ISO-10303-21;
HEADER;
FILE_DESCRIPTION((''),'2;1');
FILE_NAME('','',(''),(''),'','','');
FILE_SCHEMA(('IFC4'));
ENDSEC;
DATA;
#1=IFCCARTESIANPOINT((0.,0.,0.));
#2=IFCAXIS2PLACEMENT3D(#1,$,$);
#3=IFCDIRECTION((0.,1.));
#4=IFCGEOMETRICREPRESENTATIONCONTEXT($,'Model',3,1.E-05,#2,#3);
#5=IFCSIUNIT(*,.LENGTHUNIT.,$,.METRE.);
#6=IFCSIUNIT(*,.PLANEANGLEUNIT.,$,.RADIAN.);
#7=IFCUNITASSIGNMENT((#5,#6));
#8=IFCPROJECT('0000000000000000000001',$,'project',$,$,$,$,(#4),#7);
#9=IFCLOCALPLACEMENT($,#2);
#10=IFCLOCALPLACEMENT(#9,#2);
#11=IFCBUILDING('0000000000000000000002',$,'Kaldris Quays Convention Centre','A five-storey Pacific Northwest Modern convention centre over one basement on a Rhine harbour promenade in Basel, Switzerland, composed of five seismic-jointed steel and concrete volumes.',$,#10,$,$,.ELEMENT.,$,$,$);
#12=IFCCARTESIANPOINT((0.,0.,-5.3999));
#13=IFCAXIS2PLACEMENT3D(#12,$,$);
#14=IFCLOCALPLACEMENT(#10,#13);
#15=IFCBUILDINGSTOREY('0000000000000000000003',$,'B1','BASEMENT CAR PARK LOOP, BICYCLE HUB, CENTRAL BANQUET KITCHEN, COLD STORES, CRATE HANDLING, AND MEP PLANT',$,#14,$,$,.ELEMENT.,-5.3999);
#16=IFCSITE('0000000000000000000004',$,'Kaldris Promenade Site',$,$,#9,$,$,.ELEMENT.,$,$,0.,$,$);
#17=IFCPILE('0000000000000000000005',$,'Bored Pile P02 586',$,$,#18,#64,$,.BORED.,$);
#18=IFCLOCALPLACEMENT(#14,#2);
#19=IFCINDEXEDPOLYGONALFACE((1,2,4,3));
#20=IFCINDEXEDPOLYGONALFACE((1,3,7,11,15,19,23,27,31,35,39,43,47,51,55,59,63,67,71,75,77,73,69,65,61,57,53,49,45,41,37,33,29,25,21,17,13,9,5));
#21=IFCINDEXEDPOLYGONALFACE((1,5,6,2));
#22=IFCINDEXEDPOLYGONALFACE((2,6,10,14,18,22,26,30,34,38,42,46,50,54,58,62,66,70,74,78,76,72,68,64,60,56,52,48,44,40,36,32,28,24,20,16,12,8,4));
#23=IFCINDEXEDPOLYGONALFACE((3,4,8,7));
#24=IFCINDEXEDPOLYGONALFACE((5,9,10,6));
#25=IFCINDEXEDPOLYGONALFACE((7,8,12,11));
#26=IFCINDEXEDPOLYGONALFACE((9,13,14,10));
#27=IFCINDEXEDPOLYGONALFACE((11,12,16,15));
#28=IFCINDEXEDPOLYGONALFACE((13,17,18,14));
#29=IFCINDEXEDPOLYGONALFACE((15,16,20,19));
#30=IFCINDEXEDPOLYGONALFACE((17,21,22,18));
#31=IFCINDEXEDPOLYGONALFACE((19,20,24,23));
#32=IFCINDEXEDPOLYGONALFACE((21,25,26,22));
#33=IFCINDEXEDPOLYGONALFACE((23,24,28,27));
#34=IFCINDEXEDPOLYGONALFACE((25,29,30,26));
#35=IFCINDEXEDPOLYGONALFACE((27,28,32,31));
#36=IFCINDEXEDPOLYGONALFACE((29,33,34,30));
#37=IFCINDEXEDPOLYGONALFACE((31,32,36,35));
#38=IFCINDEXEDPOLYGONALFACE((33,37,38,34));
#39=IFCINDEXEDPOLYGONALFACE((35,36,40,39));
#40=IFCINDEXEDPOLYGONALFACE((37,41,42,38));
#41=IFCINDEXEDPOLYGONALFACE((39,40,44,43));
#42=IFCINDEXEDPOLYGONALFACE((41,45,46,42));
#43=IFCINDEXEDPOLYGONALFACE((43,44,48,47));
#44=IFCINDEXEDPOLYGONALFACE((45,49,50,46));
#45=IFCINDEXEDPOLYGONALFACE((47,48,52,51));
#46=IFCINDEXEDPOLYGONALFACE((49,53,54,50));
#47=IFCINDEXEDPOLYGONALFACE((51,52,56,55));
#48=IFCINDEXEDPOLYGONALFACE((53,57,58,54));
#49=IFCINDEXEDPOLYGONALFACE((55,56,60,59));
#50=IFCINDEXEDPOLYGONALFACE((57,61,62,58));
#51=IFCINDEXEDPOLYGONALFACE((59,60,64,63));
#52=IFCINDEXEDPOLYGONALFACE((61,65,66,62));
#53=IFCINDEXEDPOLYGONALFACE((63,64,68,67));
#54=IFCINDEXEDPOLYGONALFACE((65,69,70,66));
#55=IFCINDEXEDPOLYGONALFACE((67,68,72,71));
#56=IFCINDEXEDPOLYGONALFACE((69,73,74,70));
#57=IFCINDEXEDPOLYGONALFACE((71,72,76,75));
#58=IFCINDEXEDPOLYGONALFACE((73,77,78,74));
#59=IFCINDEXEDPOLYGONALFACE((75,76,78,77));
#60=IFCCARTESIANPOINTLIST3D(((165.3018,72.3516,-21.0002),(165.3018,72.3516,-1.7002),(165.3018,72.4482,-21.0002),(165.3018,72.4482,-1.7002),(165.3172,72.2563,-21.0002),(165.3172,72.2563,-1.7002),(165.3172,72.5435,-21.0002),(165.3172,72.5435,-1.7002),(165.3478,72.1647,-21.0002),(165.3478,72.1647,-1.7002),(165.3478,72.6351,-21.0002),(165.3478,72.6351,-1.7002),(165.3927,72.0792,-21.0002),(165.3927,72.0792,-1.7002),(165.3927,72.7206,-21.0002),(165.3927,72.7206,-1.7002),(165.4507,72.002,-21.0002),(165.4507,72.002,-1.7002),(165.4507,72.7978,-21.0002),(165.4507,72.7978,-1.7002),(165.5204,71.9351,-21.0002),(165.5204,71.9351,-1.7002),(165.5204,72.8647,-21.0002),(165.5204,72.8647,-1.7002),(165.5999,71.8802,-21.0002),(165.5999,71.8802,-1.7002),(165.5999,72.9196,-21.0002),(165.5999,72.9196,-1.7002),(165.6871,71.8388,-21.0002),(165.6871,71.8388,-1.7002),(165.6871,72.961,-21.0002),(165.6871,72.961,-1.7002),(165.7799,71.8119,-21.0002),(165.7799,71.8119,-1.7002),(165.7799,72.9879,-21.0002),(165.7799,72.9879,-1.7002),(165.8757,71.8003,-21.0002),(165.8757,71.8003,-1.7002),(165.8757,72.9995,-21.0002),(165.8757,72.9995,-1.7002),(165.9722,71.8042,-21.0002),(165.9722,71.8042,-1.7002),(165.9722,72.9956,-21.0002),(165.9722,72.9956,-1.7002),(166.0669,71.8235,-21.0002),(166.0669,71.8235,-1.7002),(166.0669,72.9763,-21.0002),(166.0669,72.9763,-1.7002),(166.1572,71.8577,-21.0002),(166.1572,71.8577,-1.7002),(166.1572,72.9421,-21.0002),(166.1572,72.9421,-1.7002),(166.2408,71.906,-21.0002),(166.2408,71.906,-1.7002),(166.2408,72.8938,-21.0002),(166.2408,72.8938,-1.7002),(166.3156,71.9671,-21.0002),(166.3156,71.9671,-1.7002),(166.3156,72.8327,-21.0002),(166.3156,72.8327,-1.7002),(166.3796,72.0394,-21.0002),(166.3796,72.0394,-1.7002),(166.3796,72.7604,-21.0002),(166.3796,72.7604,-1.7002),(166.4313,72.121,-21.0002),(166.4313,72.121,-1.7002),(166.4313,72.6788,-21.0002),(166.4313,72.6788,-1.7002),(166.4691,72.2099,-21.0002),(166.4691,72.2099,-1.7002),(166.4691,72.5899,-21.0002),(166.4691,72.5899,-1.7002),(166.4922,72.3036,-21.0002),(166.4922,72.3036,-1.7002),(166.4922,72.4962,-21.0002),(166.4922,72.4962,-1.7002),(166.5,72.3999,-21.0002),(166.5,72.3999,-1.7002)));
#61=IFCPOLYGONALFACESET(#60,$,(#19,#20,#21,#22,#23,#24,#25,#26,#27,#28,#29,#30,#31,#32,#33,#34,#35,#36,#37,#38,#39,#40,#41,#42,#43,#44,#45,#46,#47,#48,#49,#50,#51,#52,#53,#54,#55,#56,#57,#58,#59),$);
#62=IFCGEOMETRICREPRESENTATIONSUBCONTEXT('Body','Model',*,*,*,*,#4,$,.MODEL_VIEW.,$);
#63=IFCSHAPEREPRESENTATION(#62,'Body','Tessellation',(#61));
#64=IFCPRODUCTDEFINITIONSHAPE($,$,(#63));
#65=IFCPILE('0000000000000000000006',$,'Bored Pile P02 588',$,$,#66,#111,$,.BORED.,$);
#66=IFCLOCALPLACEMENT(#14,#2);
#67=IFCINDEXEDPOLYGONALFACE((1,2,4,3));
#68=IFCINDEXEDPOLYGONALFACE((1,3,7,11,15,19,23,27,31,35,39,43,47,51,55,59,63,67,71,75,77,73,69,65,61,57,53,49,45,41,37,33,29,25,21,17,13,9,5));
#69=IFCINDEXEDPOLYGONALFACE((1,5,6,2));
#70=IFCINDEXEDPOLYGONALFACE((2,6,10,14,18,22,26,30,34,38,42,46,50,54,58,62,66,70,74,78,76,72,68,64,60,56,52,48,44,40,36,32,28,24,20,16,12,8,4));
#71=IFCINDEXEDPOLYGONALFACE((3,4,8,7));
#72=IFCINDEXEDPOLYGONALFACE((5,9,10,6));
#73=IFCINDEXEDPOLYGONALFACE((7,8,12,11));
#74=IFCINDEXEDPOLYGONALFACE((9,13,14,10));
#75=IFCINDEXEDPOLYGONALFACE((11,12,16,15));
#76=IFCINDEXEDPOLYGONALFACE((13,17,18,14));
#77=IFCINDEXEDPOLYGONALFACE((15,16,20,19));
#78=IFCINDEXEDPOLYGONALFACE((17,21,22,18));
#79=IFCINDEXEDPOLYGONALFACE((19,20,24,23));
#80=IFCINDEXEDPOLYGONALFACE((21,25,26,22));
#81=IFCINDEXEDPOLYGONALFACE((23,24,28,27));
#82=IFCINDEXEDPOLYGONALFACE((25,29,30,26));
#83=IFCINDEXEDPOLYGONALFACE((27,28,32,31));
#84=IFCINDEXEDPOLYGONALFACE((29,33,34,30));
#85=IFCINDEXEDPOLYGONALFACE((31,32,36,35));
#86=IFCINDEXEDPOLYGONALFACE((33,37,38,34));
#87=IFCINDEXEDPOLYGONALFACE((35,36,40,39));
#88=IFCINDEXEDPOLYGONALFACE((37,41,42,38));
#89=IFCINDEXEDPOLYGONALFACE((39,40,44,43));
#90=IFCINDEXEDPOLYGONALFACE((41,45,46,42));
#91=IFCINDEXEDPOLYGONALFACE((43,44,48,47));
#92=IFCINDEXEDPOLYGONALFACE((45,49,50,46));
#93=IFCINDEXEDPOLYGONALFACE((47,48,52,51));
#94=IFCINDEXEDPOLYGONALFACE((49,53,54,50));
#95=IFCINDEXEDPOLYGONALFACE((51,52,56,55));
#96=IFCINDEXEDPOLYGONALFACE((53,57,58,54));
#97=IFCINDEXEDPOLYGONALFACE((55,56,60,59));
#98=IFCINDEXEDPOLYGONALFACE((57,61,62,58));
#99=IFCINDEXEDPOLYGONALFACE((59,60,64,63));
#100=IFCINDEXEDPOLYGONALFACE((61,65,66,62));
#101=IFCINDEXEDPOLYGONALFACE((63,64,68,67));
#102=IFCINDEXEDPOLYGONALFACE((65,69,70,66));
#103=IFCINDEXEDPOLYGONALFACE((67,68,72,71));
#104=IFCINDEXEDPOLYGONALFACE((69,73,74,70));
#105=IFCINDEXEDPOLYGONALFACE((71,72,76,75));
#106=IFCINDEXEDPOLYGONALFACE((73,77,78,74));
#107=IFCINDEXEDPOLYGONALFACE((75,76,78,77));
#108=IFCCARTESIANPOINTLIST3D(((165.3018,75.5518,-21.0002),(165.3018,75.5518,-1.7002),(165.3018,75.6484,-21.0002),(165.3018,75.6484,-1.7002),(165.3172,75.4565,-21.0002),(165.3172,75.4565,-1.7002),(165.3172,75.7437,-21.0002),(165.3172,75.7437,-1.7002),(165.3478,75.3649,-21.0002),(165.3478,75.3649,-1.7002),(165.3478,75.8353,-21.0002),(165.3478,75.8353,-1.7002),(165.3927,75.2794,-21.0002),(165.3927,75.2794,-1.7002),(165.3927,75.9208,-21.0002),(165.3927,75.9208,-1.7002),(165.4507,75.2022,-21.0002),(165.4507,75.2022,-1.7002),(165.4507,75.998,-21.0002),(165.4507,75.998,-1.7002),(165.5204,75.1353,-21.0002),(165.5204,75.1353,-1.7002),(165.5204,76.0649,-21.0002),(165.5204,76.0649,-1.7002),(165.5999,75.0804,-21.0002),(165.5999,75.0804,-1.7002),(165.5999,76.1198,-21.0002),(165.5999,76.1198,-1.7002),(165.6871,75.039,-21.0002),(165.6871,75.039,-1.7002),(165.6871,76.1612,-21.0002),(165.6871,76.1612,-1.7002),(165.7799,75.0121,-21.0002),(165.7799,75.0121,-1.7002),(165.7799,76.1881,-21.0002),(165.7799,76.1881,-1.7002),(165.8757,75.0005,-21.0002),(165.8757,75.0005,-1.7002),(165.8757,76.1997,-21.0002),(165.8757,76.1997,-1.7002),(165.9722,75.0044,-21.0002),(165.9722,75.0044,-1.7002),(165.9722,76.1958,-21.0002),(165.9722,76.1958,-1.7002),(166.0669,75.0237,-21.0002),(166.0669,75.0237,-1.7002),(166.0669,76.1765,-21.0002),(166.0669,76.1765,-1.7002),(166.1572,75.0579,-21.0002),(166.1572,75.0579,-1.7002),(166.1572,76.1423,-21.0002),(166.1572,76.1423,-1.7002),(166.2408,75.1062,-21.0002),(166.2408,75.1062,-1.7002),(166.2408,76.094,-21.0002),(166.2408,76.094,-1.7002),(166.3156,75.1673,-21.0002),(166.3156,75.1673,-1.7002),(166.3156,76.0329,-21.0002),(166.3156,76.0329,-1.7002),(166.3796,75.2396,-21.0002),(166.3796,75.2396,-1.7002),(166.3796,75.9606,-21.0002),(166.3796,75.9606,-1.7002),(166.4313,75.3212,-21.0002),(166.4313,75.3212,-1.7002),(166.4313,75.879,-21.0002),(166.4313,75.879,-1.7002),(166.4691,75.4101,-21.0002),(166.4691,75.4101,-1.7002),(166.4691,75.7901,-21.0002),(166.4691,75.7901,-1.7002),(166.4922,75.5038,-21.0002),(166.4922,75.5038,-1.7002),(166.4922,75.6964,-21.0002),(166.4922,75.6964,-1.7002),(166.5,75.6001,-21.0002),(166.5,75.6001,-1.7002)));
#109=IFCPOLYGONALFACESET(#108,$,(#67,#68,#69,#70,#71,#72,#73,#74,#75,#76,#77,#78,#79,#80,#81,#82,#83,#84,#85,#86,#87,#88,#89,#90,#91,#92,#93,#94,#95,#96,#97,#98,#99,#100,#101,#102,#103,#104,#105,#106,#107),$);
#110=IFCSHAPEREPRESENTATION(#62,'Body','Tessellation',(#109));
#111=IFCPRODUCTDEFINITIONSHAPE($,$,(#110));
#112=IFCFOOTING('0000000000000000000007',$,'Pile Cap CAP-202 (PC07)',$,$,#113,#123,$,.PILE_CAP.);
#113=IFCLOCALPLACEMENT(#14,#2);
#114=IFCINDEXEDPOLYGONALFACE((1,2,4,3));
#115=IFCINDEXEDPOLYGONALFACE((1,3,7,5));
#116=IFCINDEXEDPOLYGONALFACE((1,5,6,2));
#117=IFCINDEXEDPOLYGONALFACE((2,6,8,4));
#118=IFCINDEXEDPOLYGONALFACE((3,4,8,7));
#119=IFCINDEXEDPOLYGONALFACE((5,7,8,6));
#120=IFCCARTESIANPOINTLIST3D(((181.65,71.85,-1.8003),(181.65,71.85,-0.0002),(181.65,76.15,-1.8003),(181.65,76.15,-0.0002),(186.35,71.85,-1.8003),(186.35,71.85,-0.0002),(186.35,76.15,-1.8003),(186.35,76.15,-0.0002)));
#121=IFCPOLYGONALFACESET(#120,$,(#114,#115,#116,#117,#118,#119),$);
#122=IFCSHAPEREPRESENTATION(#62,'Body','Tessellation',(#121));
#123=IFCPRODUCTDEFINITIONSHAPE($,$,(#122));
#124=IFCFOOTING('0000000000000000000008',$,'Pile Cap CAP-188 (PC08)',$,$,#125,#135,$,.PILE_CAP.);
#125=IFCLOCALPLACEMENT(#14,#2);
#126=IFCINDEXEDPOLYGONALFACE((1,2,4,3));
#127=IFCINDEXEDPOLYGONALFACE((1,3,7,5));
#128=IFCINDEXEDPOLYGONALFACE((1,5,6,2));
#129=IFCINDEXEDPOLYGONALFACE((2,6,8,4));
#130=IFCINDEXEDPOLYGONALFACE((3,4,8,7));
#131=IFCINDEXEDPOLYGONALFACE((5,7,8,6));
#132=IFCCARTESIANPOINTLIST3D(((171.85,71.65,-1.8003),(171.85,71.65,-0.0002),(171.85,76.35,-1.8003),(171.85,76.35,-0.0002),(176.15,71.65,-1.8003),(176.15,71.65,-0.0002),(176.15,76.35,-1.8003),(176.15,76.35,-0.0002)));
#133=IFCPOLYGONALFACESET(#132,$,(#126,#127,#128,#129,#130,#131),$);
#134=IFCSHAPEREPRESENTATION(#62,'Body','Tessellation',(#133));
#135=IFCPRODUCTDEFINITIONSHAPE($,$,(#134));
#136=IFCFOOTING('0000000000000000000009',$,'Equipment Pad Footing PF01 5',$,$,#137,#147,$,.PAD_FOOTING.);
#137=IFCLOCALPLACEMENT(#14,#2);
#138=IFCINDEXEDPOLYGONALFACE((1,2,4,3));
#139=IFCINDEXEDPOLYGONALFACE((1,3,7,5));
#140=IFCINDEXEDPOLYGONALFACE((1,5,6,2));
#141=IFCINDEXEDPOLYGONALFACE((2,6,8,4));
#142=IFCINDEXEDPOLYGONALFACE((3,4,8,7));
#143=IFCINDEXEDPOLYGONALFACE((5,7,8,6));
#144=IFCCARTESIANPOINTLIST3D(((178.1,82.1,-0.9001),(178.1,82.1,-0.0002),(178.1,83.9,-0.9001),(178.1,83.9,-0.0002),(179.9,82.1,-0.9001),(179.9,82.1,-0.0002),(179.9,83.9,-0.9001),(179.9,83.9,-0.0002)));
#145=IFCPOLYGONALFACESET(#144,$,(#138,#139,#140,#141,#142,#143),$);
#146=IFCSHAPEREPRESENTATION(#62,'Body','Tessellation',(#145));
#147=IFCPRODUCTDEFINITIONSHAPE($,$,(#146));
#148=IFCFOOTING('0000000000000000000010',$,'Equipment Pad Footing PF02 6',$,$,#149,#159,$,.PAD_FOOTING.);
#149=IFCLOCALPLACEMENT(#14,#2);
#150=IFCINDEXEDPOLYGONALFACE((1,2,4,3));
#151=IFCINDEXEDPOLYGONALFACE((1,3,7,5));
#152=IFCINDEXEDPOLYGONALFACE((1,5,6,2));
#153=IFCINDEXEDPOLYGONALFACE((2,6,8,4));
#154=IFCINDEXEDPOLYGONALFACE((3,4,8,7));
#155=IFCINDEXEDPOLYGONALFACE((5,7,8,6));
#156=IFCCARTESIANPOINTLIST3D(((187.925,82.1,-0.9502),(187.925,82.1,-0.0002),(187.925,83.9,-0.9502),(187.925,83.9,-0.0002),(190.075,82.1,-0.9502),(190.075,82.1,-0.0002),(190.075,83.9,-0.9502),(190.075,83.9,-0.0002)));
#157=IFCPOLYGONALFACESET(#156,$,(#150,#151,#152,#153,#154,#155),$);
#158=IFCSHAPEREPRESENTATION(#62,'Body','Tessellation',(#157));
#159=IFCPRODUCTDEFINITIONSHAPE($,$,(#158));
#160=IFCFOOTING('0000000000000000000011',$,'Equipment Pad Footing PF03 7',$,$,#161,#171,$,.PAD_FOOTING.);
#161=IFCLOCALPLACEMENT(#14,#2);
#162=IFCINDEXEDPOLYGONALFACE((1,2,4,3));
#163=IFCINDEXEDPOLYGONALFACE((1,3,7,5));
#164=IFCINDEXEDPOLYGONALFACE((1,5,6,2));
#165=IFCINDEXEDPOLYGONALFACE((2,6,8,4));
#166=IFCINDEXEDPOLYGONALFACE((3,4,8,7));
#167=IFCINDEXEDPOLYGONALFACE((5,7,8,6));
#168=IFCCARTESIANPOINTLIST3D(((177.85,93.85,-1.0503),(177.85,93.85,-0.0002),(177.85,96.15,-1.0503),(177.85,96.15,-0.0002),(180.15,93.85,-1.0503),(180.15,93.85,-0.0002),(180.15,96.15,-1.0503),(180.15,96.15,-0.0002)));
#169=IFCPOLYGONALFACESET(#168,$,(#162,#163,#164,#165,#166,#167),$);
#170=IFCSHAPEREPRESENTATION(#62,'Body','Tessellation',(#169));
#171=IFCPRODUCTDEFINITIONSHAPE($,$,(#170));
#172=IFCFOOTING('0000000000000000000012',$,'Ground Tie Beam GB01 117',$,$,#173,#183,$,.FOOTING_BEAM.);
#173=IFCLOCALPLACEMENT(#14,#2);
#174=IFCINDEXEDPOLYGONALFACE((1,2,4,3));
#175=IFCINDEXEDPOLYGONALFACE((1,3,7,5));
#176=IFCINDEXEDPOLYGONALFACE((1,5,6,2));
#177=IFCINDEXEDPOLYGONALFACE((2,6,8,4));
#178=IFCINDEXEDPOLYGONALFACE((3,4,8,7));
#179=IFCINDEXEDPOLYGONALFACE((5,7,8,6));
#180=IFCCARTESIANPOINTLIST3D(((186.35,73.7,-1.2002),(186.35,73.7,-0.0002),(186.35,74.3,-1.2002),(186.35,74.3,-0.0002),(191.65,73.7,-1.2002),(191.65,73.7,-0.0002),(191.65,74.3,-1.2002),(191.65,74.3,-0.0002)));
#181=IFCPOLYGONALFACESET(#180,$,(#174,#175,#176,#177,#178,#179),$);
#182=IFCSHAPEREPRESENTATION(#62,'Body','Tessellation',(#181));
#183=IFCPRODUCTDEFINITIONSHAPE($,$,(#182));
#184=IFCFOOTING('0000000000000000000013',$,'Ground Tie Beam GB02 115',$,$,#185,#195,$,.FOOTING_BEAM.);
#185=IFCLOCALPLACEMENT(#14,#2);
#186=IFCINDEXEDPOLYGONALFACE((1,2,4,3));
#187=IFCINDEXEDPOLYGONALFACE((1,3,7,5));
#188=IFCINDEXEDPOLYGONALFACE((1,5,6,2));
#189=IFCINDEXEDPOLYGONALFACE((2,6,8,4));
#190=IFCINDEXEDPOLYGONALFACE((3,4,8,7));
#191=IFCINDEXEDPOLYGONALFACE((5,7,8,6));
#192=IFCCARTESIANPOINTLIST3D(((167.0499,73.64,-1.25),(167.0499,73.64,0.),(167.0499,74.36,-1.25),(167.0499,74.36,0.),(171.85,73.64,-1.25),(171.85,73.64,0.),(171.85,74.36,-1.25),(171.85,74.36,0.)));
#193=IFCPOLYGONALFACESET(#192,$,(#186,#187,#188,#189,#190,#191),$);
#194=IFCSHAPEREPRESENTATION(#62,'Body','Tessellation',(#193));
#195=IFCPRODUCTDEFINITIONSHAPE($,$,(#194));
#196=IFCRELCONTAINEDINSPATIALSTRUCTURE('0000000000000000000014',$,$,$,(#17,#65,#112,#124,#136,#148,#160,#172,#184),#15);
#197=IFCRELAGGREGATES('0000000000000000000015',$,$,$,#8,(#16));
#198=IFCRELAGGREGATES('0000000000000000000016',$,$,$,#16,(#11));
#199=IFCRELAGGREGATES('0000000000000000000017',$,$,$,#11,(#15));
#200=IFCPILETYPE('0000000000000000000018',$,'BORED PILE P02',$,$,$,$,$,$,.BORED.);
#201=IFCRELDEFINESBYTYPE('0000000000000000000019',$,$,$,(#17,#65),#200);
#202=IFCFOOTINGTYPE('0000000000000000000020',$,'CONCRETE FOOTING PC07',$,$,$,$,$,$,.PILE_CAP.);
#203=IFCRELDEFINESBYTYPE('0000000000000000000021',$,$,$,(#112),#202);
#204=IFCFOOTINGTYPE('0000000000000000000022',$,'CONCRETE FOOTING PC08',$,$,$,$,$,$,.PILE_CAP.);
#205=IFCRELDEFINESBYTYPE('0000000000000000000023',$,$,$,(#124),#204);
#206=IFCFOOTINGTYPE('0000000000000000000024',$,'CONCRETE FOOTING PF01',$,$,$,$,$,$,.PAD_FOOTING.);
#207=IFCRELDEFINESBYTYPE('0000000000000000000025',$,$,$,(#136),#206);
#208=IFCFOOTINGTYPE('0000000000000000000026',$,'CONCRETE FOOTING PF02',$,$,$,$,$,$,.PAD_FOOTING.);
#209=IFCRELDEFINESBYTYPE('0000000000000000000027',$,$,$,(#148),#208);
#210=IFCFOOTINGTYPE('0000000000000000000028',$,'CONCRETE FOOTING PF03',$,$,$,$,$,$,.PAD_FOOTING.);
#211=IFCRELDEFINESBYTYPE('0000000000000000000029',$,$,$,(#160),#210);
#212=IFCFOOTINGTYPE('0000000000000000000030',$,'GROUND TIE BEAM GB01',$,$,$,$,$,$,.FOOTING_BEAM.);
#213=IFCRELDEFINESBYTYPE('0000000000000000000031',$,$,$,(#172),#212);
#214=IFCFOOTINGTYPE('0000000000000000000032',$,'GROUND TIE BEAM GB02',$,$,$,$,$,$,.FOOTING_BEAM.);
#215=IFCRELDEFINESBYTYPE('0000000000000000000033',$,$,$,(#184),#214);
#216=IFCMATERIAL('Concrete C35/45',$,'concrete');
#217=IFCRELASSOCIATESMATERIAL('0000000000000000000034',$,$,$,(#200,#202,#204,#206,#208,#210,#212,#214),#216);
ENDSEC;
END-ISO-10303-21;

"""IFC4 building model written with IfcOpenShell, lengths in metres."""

from ifc_helpers import new_model, si_unit, direction, frame, origin, origin_2d, place, context, subcontext, project, spatial, rectangle, circle, extrude, material, material_profile, profile_set, type_object, element, save


model = new_model("IFC4")

# Units and contexts
model_context = context("Model", 3, precision=1e-05, world=origin(), true_north=direction((0.0, 1.0)))
body_context = subcontext(model_context, "Body", "Model", "MODEL_VIEW")
ifc_project = project(units=[si_unit("LENGTHUNIT", "METRE"), si_unit("PLANEANGLEUNIT", "RADIAN")], contexts=[model_context])

# Site, building, storey
site_placement = place(None, origin())
site = spatial("IfcSite", under=ifc_project, at=site_placement, Name="Kaldris Promenade Site", CompositionType="ELEMENT", RefElevation=0.0)
building_placement = place(site_placement, origin())
building = spatial("IfcBuilding", under=site, at=building_placement, Name="Kaldris Quays Convention Centre", Description="A five-storey Pacific Northwest Modern convention centre over one basement on a Rhine harbour promenade in Basel, Switzerland, composed of five seismic-jointed steel and concrete volumes.", CompositionType="ELEMENT")
storey_placement = place(building_placement, frame((0.0, 0.0, -5.3999)))
storey = spatial("IfcBuildingStorey", under=building, at=storey_placement, Name="B1", Description="BASEMENT CAR PARK LOOP, BICYCLE HUB, CENTRAL BANQUET KITCHEN, COLD STORES, CRATE HANDLING, AND MEP PLANT", CompositionType="ELEMENT", Elevation=-5.3999)

# Piles
ifc_material_1 = material(Name="Concrete C35/45", Category="concrete")
ifc_material_profile_1 = material_profile(ifc_material_1, circle(Radius=0.6001, at=origin_2d()), Name="BORED PILE D1200")
ifc_profile_set_1 = profile_set([ifc_material_profile_1], Name="Concrete C35/45")
pile_type_1 = type_object("IfcPileType", Name="BORED PILE P02", PredefinedType="BORED", material=ifc_profile_set_1)
for number, where, z_axis, x_axis, name in (
    (1, (165.8999, 72.3999, -1.7002), (0.0, 0.0, -1.0), (1.0, 0.0, 0.0), "Bored Pile P02 586"),
    (2, (165.8999, 75.6001, -1.7002), (0.0, 0.0, -1.0), (1.0, 0.0, 0.0), "Bored Pile P02 588"),
):
    element("IfcPile", number, at=place(storey_placement, frame(where, z_axis=z_axis, x_axis=x_axis)), inside=storey, type_object=pile_type_1, Name=name, PredefinedType="BORED", context=body_context, shape_type="SweptSolid", body=[
        extrude(circle(Radius=0.6001, at=origin_2d()), origin(), (0.0, 0.0, 1.0), 19.3),
    ])

# Footings
footing_type_1 = type_object("IfcFootingType", Name="CONCRETE FOOTING PC07", PredefinedType="PILE_CAP", material=ifc_material_1)
footing_1_placement = place(storey_placement, frame((184.0, 74.0, -1.8003), z_axis=(0.0, 0.0, 1.0), x_axis=(1.0, 0.0, 0.0)))
element("IfcFooting", 3, at=footing_1_placement, inside=storey, type_object=footing_type_1, Name="Pile Cap CAP-202 (PC07)", PredefinedType="PILE_CAP", context=body_context, shape_type="SweptSolid", body=[
    extrude(rectangle(XDim=4.7, YDim=4.3, at=origin_2d()), origin(), (0.0, 0.0, 1.0), 1.8),
])
footing_type_2 = type_object("IfcFootingType", Name="CONCRETE FOOTING PC08", PredefinedType="PILE_CAP", material=ifc_material_1)
footing_2_placement = place(storey_placement, frame((174.0, 74.0, -1.8003), z_axis=(0.0, 0.0, 1.0), x_axis=(1.0, 0.0, 0.0)))
element("IfcFooting", 4, at=footing_2_placement, inside=storey, type_object=footing_type_2, Name="Pile Cap CAP-188 (PC08)", PredefinedType="PILE_CAP", context=body_context, shape_type="SweptSolid", body=[
    extrude(rectangle(XDim=4.3, YDim=4.7, at=origin_2d()), origin(), (0.0, 0.0, 1.0), 1.8),
])
footing_type_3 = type_object("IfcFootingType", Name="CONCRETE FOOTING PF01", PredefinedType="PAD_FOOTING", material=ifc_material_1)
footing_3_placement = place(storey_placement, frame((179.0, 83.0, -0.9001), z_axis=(0.0, 0.0, 1.0), x_axis=(1.0, 0.0, 0.0)))
element("IfcFooting", 5, at=footing_3_placement, inside=storey, type_object=footing_type_3, Name="Equipment Pad Footing PF01 5", PredefinedType="PAD_FOOTING", context=body_context, shape_type="SweptSolid", body=[
    extrude(rectangle(XDim=1.8, YDim=1.8, at=origin_2d()), origin(), (0.0, 0.0, 1.0), 0.8999),
])
footing_type_4 = type_object("IfcFootingType", Name="CONCRETE FOOTING PF02", PredefinedType="PAD_FOOTING", material=ifc_material_1)
footing_4_placement = place(storey_placement, frame((189.0, 83.0, -0.9502), z_axis=(0.0, 0.0, 1.0), x_axis=(1.0, 0.0, 0.0)))
element("IfcFooting", 6, at=footing_4_placement, inside=storey, type_object=footing_type_4, Name="Equipment Pad Footing PF02 6", PredefinedType="PAD_FOOTING", context=body_context, shape_type="SweptSolid", body=[
    extrude(rectangle(XDim=2.1499, YDim=1.8, at=origin_2d()), origin(), (0.0, 0.0, 1.0), 0.95),
])
footing_type_5 = type_object("IfcFootingType", Name="CONCRETE FOOTING PF03", PredefinedType="PAD_FOOTING", material=ifc_material_1)
footing_5_placement = place(storey_placement, frame((179.0, 95.0, -1.0503), z_axis=(0.0, 0.0, 1.0), x_axis=(1.0, 0.0, 0.0)))
element("IfcFooting", 7, at=footing_5_placement, inside=storey, type_object=footing_type_5, Name="Equipment Pad Footing PF03 7", PredefinedType="PAD_FOOTING", context=body_context, shape_type="SweptSolid", body=[
    extrude(rectangle(XDim=2.3, YDim=2.3, at=origin_2d()), origin(), (0.0, 0.0, 1.0), 1.05),
])
footing_type_6 = type_object("IfcFootingType", Name="GROUND TIE BEAM GB01", PredefinedType="FOOTING_BEAM", material=ifc_material_1)
footing_6_placement = place(storey_placement, frame((189.0, 74.0, -1.2002), z_axis=(0.0, 0.0, 1.0), x_axis=(1.0, 0.0, 0.0)))
element("IfcFooting", 8, at=footing_6_placement, inside=storey, type_object=footing_type_6, Name="Ground Tie Beam GB01 117", PredefinedType="FOOTING_BEAM", context=body_context, shape_type="SweptSolid", body=[
    extrude(rectangle(XDim=5.3, YDim=0.6001, at=origin_2d()), origin(), (0.0, 0.0, 1.0), 1.2),
])
footing_type_7 = type_object("IfcFootingType", Name="GROUND TIE BEAM GB02", PredefinedType="FOOTING_BEAM", material=ifc_material_1)
footing_7_placement = place(storey_placement, frame((169.45, 74.0, -1.25), z_axis=(0.0, 0.0, 1.0), x_axis=(1.0, 0.0, 0.0)))
element("IfcFooting", 9, at=footing_7_placement, inside=storey, type_object=footing_type_7, Name="Ground Tie Beam GB02 115", PredefinedType="FOOTING_BEAM", context=body_context, shape_type="SweptSolid", body=[
    extrude(rectangle(XDim=4.8, YDim=0.72, at=origin_2d()), origin(), (0.0, 0.0, 1.0), 1.25),
])

save(model, "model.ifc")
